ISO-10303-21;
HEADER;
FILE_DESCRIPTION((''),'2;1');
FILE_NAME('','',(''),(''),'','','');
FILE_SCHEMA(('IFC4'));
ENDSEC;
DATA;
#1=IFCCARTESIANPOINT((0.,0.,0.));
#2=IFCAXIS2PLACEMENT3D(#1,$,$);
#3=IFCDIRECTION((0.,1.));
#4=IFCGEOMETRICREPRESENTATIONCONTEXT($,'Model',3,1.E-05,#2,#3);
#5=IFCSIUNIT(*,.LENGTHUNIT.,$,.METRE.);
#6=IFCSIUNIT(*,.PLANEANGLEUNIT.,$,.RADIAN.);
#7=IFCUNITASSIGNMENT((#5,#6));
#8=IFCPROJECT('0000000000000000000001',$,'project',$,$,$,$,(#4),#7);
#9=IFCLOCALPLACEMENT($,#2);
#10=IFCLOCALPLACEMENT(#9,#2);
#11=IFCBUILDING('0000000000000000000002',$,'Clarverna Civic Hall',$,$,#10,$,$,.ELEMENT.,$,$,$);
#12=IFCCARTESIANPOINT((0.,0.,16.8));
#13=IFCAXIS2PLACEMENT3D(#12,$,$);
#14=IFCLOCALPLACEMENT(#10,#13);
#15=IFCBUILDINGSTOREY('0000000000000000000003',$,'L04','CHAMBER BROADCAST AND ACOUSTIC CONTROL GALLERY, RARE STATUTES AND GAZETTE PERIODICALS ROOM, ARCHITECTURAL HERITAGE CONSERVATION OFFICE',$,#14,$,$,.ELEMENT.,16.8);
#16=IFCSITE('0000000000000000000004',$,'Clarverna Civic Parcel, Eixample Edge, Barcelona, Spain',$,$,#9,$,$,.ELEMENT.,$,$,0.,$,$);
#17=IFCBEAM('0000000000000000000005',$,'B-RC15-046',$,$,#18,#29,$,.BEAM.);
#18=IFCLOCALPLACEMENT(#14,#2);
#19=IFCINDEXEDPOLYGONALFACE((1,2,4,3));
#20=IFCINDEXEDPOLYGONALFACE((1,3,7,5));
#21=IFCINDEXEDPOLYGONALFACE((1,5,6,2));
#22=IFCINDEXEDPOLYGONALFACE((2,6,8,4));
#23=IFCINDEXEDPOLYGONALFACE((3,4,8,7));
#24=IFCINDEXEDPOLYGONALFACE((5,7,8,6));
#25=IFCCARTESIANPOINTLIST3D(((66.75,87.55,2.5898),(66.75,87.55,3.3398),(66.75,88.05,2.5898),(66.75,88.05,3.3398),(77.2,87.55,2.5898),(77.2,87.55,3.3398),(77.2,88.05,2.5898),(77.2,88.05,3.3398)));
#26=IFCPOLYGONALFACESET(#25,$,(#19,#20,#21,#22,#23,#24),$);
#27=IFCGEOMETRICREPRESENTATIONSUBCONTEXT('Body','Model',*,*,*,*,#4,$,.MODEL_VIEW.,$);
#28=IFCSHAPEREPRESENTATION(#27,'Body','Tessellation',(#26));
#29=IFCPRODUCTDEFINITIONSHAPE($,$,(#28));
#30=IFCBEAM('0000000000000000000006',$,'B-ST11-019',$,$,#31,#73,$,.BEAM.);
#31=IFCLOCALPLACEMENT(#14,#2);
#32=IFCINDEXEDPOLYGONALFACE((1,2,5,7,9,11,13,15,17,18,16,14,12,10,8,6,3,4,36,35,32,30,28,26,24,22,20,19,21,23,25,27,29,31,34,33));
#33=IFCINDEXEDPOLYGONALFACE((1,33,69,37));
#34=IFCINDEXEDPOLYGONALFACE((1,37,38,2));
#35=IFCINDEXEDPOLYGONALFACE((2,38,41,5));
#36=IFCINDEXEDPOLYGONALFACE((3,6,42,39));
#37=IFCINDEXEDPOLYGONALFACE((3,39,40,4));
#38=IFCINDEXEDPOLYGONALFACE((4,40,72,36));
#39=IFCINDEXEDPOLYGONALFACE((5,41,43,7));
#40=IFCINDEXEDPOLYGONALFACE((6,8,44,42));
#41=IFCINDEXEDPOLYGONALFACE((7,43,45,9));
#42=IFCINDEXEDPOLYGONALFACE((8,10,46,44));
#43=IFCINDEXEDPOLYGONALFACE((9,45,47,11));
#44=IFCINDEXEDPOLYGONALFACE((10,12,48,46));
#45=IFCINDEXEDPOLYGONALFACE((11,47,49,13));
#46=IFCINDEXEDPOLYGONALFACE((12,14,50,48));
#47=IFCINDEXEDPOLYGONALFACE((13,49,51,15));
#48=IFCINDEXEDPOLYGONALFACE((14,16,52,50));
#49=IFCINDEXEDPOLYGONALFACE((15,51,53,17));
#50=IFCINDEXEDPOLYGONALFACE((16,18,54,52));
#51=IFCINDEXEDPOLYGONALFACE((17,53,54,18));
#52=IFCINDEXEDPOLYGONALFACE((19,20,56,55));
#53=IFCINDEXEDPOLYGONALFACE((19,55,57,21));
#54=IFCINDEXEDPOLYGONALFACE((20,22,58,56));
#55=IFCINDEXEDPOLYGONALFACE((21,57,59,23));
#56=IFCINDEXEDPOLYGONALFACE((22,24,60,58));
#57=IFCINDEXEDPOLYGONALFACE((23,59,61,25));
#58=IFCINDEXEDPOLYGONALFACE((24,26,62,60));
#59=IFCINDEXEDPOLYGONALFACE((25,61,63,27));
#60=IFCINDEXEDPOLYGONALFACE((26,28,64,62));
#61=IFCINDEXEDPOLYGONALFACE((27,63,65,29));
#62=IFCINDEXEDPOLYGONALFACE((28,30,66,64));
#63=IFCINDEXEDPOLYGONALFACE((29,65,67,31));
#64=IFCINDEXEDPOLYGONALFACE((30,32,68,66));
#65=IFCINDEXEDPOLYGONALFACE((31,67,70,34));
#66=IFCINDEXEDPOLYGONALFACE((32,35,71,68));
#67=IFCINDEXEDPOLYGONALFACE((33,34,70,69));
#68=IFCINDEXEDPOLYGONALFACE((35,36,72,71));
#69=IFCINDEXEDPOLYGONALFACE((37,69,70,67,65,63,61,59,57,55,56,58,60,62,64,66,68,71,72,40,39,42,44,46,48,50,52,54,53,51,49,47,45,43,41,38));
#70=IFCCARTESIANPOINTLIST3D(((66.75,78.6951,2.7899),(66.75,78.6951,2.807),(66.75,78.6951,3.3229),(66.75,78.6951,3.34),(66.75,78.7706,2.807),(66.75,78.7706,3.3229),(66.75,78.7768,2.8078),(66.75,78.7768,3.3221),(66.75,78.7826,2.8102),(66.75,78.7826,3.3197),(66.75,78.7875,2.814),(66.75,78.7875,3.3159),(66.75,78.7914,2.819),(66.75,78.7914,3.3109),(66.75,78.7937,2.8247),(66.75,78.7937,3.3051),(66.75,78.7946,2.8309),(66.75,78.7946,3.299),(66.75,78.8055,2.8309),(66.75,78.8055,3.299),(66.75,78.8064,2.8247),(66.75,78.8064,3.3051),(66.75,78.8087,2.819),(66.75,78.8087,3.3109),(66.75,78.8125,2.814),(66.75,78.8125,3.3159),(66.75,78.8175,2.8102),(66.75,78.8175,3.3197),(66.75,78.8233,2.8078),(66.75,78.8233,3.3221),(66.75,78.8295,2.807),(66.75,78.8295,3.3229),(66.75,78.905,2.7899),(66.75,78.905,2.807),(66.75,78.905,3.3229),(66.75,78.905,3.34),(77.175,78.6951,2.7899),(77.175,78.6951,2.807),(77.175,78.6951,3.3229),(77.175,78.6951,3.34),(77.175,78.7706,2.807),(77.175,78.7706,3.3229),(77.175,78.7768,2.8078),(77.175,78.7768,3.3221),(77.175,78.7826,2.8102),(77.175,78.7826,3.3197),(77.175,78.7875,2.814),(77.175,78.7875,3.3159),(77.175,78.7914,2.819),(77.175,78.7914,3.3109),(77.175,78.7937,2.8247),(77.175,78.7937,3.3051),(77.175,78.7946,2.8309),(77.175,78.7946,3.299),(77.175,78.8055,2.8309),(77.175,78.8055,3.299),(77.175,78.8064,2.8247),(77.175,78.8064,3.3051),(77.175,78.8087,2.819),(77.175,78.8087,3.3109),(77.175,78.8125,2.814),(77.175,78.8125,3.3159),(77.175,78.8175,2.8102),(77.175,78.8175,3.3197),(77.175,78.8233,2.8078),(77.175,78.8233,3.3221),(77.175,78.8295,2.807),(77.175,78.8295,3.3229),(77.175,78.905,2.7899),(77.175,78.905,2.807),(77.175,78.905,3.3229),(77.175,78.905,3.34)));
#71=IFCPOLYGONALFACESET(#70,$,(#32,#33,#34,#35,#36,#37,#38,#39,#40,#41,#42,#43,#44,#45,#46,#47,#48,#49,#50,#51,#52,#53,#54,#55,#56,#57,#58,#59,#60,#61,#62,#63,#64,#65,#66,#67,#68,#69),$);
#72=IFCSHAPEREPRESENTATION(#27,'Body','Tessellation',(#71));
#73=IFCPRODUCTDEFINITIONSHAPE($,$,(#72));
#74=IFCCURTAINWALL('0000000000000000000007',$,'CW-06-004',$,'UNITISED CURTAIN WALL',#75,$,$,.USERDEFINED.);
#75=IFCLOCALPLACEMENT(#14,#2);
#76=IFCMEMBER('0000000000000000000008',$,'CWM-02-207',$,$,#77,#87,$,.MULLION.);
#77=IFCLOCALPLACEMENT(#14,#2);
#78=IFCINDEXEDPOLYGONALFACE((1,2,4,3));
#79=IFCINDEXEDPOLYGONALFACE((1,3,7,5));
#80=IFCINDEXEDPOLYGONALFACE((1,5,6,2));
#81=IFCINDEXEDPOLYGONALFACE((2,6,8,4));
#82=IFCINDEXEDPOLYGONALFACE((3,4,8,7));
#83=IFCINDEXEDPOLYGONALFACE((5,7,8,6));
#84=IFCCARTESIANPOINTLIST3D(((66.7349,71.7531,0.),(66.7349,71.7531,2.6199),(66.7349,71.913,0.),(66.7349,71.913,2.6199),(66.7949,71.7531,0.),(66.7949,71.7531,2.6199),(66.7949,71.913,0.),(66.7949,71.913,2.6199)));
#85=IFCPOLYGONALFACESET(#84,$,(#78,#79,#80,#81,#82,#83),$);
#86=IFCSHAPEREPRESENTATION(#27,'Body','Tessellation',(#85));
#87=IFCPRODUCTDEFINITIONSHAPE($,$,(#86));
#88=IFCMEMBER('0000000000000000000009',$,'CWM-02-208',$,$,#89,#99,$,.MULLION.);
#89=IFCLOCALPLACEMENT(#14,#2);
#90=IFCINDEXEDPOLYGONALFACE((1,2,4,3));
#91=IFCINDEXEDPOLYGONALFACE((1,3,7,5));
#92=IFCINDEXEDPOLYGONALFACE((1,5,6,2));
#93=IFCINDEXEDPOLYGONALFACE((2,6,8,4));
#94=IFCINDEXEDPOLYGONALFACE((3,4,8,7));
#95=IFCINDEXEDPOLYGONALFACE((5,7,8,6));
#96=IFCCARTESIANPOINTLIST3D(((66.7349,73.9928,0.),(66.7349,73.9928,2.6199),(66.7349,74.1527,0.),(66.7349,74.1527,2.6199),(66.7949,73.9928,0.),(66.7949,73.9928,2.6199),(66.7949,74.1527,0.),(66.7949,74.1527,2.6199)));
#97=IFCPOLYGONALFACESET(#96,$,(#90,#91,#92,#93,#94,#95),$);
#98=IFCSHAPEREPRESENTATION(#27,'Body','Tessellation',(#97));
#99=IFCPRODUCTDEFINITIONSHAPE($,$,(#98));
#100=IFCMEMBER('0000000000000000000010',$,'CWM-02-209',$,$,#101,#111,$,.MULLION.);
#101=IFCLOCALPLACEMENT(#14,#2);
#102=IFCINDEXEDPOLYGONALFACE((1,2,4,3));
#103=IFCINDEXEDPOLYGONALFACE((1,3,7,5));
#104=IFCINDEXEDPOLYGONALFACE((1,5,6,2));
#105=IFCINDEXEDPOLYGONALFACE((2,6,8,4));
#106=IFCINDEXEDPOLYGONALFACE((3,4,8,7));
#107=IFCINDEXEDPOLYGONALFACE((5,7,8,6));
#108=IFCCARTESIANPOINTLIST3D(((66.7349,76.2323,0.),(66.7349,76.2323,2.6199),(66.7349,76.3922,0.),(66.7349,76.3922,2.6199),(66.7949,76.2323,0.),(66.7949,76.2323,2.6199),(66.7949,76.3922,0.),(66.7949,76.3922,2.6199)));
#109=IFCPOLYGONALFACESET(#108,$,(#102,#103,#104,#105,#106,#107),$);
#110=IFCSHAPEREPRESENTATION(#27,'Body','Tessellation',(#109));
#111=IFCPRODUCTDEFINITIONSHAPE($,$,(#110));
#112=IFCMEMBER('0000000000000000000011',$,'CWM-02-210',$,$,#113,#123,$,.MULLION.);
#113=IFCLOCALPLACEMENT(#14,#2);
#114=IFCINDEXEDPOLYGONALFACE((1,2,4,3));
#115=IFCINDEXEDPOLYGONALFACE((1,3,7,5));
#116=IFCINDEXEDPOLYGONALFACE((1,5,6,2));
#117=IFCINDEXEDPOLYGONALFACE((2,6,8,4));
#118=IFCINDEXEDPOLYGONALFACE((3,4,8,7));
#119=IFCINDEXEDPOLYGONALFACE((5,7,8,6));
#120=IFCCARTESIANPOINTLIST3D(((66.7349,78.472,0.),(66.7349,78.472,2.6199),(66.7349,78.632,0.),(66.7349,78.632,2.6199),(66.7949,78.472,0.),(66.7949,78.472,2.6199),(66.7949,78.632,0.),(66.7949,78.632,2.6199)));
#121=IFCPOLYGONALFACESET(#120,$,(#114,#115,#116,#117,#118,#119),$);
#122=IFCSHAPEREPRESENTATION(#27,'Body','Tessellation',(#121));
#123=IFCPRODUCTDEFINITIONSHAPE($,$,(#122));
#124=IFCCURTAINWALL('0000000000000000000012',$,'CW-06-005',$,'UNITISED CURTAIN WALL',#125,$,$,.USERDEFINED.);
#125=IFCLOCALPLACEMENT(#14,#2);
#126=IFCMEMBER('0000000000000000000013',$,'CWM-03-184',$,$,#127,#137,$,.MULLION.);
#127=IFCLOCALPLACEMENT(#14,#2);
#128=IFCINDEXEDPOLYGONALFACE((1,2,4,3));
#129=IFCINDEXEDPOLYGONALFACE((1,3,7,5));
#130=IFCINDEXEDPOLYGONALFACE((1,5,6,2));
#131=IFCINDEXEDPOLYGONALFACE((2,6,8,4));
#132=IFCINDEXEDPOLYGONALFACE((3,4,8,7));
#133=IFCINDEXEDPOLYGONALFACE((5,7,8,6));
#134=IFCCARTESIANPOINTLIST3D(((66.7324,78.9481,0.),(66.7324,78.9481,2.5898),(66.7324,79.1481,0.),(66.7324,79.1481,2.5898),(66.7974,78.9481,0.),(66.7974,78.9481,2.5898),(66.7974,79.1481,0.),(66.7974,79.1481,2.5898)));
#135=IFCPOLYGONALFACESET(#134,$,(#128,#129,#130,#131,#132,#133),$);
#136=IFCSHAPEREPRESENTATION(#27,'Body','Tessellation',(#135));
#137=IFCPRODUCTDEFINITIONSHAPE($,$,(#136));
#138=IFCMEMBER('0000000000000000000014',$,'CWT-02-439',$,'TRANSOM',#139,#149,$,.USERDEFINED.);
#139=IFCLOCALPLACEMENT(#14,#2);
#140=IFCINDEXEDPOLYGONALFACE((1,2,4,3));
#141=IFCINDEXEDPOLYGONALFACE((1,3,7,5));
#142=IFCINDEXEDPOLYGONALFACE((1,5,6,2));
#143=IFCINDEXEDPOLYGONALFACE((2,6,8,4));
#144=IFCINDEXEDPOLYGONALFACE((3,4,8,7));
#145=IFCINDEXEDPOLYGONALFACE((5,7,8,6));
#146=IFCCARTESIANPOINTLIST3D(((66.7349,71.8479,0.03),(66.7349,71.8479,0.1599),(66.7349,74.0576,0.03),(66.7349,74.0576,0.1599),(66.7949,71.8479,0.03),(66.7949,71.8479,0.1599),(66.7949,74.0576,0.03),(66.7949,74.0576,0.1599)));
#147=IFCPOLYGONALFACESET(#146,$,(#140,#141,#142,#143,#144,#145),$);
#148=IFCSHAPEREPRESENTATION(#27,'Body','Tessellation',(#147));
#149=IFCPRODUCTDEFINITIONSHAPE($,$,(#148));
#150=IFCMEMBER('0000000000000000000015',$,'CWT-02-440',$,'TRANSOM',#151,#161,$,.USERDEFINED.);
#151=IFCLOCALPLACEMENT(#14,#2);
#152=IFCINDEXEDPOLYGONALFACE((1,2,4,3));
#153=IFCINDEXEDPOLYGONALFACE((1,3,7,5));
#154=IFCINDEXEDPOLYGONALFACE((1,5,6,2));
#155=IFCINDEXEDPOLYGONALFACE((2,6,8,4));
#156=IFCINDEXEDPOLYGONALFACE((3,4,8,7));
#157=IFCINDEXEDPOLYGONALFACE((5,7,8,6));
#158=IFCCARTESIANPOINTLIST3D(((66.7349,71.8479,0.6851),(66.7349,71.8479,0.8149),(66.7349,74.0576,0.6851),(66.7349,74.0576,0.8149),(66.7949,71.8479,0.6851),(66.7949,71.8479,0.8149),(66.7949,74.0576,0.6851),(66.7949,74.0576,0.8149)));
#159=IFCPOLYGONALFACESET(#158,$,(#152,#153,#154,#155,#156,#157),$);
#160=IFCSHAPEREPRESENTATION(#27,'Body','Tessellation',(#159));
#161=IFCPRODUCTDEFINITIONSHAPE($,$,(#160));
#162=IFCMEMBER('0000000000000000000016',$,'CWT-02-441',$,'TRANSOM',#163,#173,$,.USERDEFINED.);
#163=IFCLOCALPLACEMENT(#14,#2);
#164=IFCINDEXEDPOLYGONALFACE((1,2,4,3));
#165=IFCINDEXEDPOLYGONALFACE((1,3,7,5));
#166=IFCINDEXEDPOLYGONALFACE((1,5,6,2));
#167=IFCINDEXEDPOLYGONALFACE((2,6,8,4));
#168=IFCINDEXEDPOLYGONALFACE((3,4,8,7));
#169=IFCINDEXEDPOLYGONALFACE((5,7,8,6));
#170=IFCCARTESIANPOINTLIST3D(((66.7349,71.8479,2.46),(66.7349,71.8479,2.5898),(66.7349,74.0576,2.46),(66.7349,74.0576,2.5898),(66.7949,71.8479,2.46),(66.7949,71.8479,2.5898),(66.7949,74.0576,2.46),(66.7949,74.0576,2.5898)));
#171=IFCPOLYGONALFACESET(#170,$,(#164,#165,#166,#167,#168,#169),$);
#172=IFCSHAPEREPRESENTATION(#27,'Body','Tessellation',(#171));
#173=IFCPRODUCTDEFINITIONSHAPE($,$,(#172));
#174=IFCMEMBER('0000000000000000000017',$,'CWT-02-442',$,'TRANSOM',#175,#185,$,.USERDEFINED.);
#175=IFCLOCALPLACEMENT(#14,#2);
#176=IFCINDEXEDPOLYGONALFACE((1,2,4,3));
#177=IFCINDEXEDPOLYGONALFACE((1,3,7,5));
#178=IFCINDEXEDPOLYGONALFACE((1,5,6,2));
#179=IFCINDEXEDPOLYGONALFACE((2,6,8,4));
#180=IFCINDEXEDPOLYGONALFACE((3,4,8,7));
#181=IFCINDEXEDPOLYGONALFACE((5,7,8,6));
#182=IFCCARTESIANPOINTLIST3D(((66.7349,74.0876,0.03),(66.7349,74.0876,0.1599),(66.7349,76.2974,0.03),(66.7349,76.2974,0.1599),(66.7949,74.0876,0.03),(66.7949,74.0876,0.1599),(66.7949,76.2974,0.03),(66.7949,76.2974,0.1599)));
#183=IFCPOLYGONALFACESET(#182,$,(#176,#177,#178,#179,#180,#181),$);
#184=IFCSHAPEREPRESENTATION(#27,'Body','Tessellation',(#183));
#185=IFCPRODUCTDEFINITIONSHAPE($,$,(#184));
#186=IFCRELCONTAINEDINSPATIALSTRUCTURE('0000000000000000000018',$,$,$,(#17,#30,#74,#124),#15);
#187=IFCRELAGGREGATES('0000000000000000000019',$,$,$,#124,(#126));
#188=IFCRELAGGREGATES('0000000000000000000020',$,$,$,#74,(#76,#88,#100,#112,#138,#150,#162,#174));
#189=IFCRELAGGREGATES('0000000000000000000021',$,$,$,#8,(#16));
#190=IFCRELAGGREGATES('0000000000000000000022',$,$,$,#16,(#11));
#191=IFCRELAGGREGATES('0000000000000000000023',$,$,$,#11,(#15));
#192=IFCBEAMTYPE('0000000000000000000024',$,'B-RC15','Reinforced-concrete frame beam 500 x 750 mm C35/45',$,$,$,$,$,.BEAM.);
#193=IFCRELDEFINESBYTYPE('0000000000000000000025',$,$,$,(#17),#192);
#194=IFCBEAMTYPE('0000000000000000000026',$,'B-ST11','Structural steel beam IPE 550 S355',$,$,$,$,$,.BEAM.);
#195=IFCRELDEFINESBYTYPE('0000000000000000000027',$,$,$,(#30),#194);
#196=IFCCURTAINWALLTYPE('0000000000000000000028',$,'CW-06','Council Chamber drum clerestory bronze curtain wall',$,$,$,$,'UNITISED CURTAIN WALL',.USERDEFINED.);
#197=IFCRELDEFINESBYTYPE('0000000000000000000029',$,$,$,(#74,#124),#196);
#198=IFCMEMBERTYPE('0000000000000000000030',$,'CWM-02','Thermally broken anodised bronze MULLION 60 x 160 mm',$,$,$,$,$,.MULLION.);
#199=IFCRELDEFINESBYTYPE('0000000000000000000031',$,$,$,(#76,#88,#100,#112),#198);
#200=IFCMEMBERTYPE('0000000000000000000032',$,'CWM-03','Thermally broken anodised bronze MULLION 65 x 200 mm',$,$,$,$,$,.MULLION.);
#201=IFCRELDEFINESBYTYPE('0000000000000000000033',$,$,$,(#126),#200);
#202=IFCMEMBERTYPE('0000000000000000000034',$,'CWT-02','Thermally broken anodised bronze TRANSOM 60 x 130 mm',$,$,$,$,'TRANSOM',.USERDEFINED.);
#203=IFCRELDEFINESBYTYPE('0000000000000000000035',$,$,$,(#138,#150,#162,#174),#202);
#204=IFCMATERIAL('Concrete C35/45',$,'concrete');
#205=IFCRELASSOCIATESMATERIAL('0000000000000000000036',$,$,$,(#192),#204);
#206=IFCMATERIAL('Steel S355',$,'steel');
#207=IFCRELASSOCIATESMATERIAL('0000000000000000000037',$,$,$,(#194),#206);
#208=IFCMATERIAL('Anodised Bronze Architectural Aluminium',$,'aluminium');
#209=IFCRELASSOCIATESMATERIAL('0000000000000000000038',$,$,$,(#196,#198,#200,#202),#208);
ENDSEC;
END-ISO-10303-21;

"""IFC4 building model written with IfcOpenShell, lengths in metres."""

from ifc_helpers import new_model, si_unit, direction, frame, origin, origin_2d, place, context, subcontext, project, spatial, rectangle, i_section, extrude, material, material_profile, profile_set, type_object, element, aggregate, save


model = new_model("IFC4")

# Units and contexts
model_context = context("Model", 3, precision=1e-05, world=origin(), true_north=direction((0.0, 1.0)))
body_context = subcontext(model_context, "Body", "Model", "MODEL_VIEW")
ifc_project = project(units=[si_unit("LENGTHUNIT", "METRE"), si_unit("PLANEANGLEUNIT", "RADIAN")], contexts=[model_context])

# Site, building, storey
site_placement = place(None, origin())
site = spatial("IfcSite", under=ifc_project, at=site_placement, Name="Clarverna Civic Parcel, Eixample Edge, Barcelona, Spain", CompositionType="ELEMENT", RefElevation=0.0)
building_placement = place(site_placement, origin())
building = spatial("IfcBuilding", under=site, at=building_placement, Name="Clarverna Civic Hall", CompositionType="ELEMENT")
storey_placement = place(building_placement, frame((0.0, 0.0, 16.8)))
storey = spatial("IfcBuildingStorey", under=building, at=storey_placement, Name="L04", Description="CHAMBER BROADCAST AND ACOUSTIC CONTROL GALLERY, RARE STATUTES AND GAZETTE PERIODICALS ROOM, ARCHITECTURAL HERITAGE CONSERVATION OFFICE", CompositionType="ELEMENT", Elevation=16.8)

# Beams
ifc_material_1 = material(Name="Concrete C35/45", Category="concrete")
ifc_material_profile_1 = material_profile(ifc_material_1, rectangle(XDim=0.5, YDim=0.75, at=origin_2d()), Name="RC 500x750")
ifc_profile_set_1 = profile_set([ifc_material_profile_1], Name="Concrete C35/45")
beam_type_1 = type_object("IfcBeamType", Name="B-RC15", Description="Reinforced-concrete frame beam 500 x 750 mm C35/45", PredefinedType="BEAM", material=ifc_profile_set_1)
beam_1_placement = place(storey_placement, frame((66.75, 87.8, 2.9648), z_axis=(1.0, 0.0, 0.0), x_axis=(0.0, 1.0, 0.0)))
element("IfcBeam", 1, at=beam_1_placement, inside=storey, type_object=beam_type_1, Name="B-RC15-046", PredefinedType="BEAM", context=body_context, shape_type="SweptSolid", body=[
    extrude(rectangle(XDim=0.5, YDim=0.75, at=origin_2d()), origin(), (0.0, 0.0, 1.0), 10.45),
])
ifc_material_2 = material(Name="Steel S355", Category="steel")
ifc_material_profile_2 = material_profile(ifc_material_2, i_section(OverallWidth=0.21, OverallDepth=0.55, WebThickness=0.011, FlangeThickness=0.0171, FilletRadius=0.0239, at=origin_2d()), Name="IPE 550")
ifc_profile_set_2 = profile_set([ifc_material_profile_2], Name="Steel S355")
beam_type_2 = type_object("IfcBeamType", Name="B-ST11", Description="Structural steel beam IPE 550 S355", PredefinedType="BEAM", material=ifc_profile_set_2)
beam_2_placement = place(storey_placement, frame((66.75, 78.8, 3.0649), z_axis=(1.0, 0.0, 0.0), x_axis=(0.0, 1.0, 0.0)))
element("IfcBeam", 2, at=beam_2_placement, inside=storey, type_object=beam_type_2, Name="B-ST11-019", PredefinedType="BEAM", context=body_context, shape_type="SweptSolid", body=[
    extrude(i_section(OverallWidth=0.21, OverallDepth=0.55, WebThickness=0.011, FlangeThickness=0.0171, FilletRadius=0.0239, at=origin_2d()), origin(), (0.0, 0.0, 1.0), 10.425),
])

# Curtain wall, members
ifc_material_3 = material(Name="Anodised Bronze Architectural Aluminium", Category="aluminium")
curtain_wall_type = type_object("IfcCurtainWallType", Name="CW-06", Description="Council Chamber drum clerestory bronze curtain wall", ElementType="UNITISED CURTAIN WALL", PredefinedType="USERDEFINED", material=ifc_material_3)
curtain_wall_1_placement = place(storey_placement, origin())
curtain_wall_1 = element("IfcCurtainWall", 3, at=curtain_wall_1_placement, inside=storey, type_object=curtain_wall_type, Name="CW-06-004", ObjectType="UNITISED CURTAIN WALL", PredefinedType="USERDEFINED")
ifc_material_profile_3 = material_profile(ifc_material_3, rectangle(XDim=0.0601, YDim=0.1599, at=origin_2d()), Name="BRONZE 60x160")
ifc_profile_set_3 = profile_set([ifc_material_profile_3], Name="Anodised Bronze Architectural Aluminium")
member_type_1 = type_object("IfcMemberType", Name="CWM-02", Description="Thermally broken anodised bronze MULLION 60 x 160 mm", PredefinedType="MULLION", material=ifc_profile_set_3)
member_1_placement = place(storey_placement, frame((66.7649, 71.833, 0.0), z_axis=(0.0, 0.0, 1.0), x_axis=(1.0, 0.0, 0.0)))
member_1 = element("IfcMember", 4, at=member_1_placement, type_object=member_type_1, Name="CWM-02-207", PredefinedType="MULLION", context=body_context, shape_type="SweptSolid", body=[
    extrude(rectangle(XDim=0.0601, YDim=0.1599, at=origin_2d()), origin(), (0.0, 0.0, 1.0), 2.6199),
])
member_2_placement = place(storey_placement, frame((66.7649, 74.0728, 0.0), z_axis=(0.0, 0.0, 1.0), x_axis=(1.0, 0.0, 0.0)))
member_2 = element("IfcMember", 5, at=member_2_placement, type_object=member_type_1, Name="CWM-02-208", PredefinedType="MULLION", context=body_context, shape_type="SweptSolid", body=[
    extrude(rectangle(XDim=0.0601, YDim=0.1599, at=origin_2d()), origin(), (0.0, 0.0, 1.0), 2.6199),
])
member_3_placement = place(storey_placement, frame((66.7649, 76.3123, 0.0), z_axis=(0.0, 0.0, 1.0), x_axis=(1.0, 0.0, 0.0)))
member_3 = element("IfcMember", 6, at=member_3_placement, type_object=member_type_1, Name="CWM-02-209", PredefinedType="MULLION", context=body_context, shape_type="SweptSolid", body=[
    extrude(rectangle(XDim=0.0601, YDim=0.1599, at=origin_2d()), origin(), (0.0, 0.0, 1.0), 2.6199),
])
member_4_placement = place(storey_placement, frame((66.7649, 78.552, 0.0), z_axis=(0.0, 0.0, 1.0), x_axis=(1.0, 0.0, 0.0)))
member_4 = element("IfcMember", 7, at=member_4_placement, type_object=member_type_1, Name="CWM-02-210", PredefinedType="MULLION", context=body_context, shape_type="SweptSolid", body=[
    extrude(rectangle(XDim=0.0601, YDim=0.1599, at=origin_2d()), origin(), (0.0, 0.0, 1.0), 2.6199),
])

# Curtain wall, member
curtain_wall_2_placement = place(storey_placement, origin())
curtain_wall_2 = element("IfcCurtainWall", 8, at=curtain_wall_2_placement, inside=storey, type_object=curtain_wall_type, Name="CW-06-005", ObjectType="UNITISED CURTAIN WALL", PredefinedType="USERDEFINED")
ifc_material_profile_4 = material_profile(ifc_material_3, rectangle(XDim=0.0649, YDim=0.2, at=origin_2d()), Name="BRONZE 65x200")
ifc_profile_set_4 = profile_set([ifc_material_profile_4], Name="Anodised Bronze Architectural Aluminium")
member_type_2 = type_object("IfcMemberType", Name="CWM-03", Description="Thermally broken anodised bronze MULLION 65 x 200 mm", PredefinedType="MULLION", material=ifc_profile_set_4)
member_5_placement = place(storey_placement, frame((66.7649, 79.0481, 0.0), z_axis=(0.0, 0.0, 1.0), x_axis=(1.0, 0.0, 0.0)))
member_5 = element("IfcMember", 9, at=member_5_placement, type_object=member_type_2, Name="CWM-03-184", PredefinedType="MULLION", context=body_context, shape_type="SweptSolid", body=[
    extrude(rectangle(XDim=0.0649, YDim=0.2, at=origin_2d()), origin(), (0.0, 0.0, 1.0), 2.5898),
])
aggregate(curtain_wall_2, [member_5])

# Members
ifc_material_profile_5 = material_profile(ifc_material_3, rectangle(XDim=0.0601, YDim=0.1299, at=origin_2d()), Name="BRONZE 60x130")
ifc_profile_set_5 = profile_set([ifc_material_profile_5], Name="Anodised Bronze Architectural Aluminium")
member_type_3 = type_object("IfcMemberType", Name="CWT-02", Description="Thermally broken anodised bronze TRANSOM 60 x 130 mm", ElementType="TRANSOM", PredefinedType="USERDEFINED", material=ifc_profile_set_5)
member_6_placement = place(storey_placement, frame((66.7649, 71.8479, 0.095), z_axis=(0.0, 1.0, 0.0), x_axis=(-1.0, 0.0, 0.0)))
member_6 = element("IfcMember", 10, at=member_6_placement, type_object=member_type_3, Name="CWT-02-439", ObjectType="TRANSOM", PredefinedType="USERDEFINED", context=body_context, shape_type="SweptSolid", body=[
    extrude(rectangle(XDim=0.0601, YDim=0.1299, at=origin_2d()), origin(), (0.0, 0.0, 1.0), 2.2097),
])
member_7_placement = place(storey_placement, frame((66.7649, 71.8479, 0.75), z_axis=(0.0, 1.0, 0.0), x_axis=(-1.0, 0.0, 0.0)))
member_7 = element("IfcMember", 11, at=member_7_placement, type_object=member_type_3, Name="CWT-02-440", ObjectType="TRANSOM", PredefinedType="USERDEFINED", context=body_context, shape_type="SweptSolid", body=[
    extrude(rectangle(XDim=0.0601, YDim=0.1299, at=origin_2d()), origin(), (0.0, 0.0, 1.0), 2.2097),
])
member_8_placement = place(storey_placement, frame((66.7649, 71.8479, 2.5249), z_axis=(0.0, 1.0, 0.0), x_axis=(-1.0, 0.0, 0.0)))
member_8 = element("IfcMember", 12, at=member_8_placement, type_object=member_type_3, Name="CWT-02-441", ObjectType="TRANSOM", PredefinedType="USERDEFINED", context=body_context, shape_type="SweptSolid", body=[
    extrude(rectangle(XDim=0.0601, YDim=0.1299, at=origin_2d()), origin(), (0.0, 0.0, 1.0), 2.2097),
])
member_9_placement = place(storey_placement, frame((66.7649, 74.0876, 0.095), z_axis=(0.0, 1.0, 0.0), x_axis=(-1.0, 0.0, 0.0)))
member_9 = element("IfcMember", 13, at=member_9_placement, type_object=member_type_3, Name="CWT-02-442", ObjectType="TRANSOM", PredefinedType="USERDEFINED", context=body_context, shape_type="SweptSolid", body=[
    extrude(rectangle(XDim=0.0601, YDim=0.1299, at=origin_2d()), origin(), (0.0, 0.0, 1.0), 2.2097),
])

aggregate(curtain_wall_1, [member_1, member_2, member_3, member_4, member_6, member_7, member_8, member_9])

save(model, "model.ifc")
